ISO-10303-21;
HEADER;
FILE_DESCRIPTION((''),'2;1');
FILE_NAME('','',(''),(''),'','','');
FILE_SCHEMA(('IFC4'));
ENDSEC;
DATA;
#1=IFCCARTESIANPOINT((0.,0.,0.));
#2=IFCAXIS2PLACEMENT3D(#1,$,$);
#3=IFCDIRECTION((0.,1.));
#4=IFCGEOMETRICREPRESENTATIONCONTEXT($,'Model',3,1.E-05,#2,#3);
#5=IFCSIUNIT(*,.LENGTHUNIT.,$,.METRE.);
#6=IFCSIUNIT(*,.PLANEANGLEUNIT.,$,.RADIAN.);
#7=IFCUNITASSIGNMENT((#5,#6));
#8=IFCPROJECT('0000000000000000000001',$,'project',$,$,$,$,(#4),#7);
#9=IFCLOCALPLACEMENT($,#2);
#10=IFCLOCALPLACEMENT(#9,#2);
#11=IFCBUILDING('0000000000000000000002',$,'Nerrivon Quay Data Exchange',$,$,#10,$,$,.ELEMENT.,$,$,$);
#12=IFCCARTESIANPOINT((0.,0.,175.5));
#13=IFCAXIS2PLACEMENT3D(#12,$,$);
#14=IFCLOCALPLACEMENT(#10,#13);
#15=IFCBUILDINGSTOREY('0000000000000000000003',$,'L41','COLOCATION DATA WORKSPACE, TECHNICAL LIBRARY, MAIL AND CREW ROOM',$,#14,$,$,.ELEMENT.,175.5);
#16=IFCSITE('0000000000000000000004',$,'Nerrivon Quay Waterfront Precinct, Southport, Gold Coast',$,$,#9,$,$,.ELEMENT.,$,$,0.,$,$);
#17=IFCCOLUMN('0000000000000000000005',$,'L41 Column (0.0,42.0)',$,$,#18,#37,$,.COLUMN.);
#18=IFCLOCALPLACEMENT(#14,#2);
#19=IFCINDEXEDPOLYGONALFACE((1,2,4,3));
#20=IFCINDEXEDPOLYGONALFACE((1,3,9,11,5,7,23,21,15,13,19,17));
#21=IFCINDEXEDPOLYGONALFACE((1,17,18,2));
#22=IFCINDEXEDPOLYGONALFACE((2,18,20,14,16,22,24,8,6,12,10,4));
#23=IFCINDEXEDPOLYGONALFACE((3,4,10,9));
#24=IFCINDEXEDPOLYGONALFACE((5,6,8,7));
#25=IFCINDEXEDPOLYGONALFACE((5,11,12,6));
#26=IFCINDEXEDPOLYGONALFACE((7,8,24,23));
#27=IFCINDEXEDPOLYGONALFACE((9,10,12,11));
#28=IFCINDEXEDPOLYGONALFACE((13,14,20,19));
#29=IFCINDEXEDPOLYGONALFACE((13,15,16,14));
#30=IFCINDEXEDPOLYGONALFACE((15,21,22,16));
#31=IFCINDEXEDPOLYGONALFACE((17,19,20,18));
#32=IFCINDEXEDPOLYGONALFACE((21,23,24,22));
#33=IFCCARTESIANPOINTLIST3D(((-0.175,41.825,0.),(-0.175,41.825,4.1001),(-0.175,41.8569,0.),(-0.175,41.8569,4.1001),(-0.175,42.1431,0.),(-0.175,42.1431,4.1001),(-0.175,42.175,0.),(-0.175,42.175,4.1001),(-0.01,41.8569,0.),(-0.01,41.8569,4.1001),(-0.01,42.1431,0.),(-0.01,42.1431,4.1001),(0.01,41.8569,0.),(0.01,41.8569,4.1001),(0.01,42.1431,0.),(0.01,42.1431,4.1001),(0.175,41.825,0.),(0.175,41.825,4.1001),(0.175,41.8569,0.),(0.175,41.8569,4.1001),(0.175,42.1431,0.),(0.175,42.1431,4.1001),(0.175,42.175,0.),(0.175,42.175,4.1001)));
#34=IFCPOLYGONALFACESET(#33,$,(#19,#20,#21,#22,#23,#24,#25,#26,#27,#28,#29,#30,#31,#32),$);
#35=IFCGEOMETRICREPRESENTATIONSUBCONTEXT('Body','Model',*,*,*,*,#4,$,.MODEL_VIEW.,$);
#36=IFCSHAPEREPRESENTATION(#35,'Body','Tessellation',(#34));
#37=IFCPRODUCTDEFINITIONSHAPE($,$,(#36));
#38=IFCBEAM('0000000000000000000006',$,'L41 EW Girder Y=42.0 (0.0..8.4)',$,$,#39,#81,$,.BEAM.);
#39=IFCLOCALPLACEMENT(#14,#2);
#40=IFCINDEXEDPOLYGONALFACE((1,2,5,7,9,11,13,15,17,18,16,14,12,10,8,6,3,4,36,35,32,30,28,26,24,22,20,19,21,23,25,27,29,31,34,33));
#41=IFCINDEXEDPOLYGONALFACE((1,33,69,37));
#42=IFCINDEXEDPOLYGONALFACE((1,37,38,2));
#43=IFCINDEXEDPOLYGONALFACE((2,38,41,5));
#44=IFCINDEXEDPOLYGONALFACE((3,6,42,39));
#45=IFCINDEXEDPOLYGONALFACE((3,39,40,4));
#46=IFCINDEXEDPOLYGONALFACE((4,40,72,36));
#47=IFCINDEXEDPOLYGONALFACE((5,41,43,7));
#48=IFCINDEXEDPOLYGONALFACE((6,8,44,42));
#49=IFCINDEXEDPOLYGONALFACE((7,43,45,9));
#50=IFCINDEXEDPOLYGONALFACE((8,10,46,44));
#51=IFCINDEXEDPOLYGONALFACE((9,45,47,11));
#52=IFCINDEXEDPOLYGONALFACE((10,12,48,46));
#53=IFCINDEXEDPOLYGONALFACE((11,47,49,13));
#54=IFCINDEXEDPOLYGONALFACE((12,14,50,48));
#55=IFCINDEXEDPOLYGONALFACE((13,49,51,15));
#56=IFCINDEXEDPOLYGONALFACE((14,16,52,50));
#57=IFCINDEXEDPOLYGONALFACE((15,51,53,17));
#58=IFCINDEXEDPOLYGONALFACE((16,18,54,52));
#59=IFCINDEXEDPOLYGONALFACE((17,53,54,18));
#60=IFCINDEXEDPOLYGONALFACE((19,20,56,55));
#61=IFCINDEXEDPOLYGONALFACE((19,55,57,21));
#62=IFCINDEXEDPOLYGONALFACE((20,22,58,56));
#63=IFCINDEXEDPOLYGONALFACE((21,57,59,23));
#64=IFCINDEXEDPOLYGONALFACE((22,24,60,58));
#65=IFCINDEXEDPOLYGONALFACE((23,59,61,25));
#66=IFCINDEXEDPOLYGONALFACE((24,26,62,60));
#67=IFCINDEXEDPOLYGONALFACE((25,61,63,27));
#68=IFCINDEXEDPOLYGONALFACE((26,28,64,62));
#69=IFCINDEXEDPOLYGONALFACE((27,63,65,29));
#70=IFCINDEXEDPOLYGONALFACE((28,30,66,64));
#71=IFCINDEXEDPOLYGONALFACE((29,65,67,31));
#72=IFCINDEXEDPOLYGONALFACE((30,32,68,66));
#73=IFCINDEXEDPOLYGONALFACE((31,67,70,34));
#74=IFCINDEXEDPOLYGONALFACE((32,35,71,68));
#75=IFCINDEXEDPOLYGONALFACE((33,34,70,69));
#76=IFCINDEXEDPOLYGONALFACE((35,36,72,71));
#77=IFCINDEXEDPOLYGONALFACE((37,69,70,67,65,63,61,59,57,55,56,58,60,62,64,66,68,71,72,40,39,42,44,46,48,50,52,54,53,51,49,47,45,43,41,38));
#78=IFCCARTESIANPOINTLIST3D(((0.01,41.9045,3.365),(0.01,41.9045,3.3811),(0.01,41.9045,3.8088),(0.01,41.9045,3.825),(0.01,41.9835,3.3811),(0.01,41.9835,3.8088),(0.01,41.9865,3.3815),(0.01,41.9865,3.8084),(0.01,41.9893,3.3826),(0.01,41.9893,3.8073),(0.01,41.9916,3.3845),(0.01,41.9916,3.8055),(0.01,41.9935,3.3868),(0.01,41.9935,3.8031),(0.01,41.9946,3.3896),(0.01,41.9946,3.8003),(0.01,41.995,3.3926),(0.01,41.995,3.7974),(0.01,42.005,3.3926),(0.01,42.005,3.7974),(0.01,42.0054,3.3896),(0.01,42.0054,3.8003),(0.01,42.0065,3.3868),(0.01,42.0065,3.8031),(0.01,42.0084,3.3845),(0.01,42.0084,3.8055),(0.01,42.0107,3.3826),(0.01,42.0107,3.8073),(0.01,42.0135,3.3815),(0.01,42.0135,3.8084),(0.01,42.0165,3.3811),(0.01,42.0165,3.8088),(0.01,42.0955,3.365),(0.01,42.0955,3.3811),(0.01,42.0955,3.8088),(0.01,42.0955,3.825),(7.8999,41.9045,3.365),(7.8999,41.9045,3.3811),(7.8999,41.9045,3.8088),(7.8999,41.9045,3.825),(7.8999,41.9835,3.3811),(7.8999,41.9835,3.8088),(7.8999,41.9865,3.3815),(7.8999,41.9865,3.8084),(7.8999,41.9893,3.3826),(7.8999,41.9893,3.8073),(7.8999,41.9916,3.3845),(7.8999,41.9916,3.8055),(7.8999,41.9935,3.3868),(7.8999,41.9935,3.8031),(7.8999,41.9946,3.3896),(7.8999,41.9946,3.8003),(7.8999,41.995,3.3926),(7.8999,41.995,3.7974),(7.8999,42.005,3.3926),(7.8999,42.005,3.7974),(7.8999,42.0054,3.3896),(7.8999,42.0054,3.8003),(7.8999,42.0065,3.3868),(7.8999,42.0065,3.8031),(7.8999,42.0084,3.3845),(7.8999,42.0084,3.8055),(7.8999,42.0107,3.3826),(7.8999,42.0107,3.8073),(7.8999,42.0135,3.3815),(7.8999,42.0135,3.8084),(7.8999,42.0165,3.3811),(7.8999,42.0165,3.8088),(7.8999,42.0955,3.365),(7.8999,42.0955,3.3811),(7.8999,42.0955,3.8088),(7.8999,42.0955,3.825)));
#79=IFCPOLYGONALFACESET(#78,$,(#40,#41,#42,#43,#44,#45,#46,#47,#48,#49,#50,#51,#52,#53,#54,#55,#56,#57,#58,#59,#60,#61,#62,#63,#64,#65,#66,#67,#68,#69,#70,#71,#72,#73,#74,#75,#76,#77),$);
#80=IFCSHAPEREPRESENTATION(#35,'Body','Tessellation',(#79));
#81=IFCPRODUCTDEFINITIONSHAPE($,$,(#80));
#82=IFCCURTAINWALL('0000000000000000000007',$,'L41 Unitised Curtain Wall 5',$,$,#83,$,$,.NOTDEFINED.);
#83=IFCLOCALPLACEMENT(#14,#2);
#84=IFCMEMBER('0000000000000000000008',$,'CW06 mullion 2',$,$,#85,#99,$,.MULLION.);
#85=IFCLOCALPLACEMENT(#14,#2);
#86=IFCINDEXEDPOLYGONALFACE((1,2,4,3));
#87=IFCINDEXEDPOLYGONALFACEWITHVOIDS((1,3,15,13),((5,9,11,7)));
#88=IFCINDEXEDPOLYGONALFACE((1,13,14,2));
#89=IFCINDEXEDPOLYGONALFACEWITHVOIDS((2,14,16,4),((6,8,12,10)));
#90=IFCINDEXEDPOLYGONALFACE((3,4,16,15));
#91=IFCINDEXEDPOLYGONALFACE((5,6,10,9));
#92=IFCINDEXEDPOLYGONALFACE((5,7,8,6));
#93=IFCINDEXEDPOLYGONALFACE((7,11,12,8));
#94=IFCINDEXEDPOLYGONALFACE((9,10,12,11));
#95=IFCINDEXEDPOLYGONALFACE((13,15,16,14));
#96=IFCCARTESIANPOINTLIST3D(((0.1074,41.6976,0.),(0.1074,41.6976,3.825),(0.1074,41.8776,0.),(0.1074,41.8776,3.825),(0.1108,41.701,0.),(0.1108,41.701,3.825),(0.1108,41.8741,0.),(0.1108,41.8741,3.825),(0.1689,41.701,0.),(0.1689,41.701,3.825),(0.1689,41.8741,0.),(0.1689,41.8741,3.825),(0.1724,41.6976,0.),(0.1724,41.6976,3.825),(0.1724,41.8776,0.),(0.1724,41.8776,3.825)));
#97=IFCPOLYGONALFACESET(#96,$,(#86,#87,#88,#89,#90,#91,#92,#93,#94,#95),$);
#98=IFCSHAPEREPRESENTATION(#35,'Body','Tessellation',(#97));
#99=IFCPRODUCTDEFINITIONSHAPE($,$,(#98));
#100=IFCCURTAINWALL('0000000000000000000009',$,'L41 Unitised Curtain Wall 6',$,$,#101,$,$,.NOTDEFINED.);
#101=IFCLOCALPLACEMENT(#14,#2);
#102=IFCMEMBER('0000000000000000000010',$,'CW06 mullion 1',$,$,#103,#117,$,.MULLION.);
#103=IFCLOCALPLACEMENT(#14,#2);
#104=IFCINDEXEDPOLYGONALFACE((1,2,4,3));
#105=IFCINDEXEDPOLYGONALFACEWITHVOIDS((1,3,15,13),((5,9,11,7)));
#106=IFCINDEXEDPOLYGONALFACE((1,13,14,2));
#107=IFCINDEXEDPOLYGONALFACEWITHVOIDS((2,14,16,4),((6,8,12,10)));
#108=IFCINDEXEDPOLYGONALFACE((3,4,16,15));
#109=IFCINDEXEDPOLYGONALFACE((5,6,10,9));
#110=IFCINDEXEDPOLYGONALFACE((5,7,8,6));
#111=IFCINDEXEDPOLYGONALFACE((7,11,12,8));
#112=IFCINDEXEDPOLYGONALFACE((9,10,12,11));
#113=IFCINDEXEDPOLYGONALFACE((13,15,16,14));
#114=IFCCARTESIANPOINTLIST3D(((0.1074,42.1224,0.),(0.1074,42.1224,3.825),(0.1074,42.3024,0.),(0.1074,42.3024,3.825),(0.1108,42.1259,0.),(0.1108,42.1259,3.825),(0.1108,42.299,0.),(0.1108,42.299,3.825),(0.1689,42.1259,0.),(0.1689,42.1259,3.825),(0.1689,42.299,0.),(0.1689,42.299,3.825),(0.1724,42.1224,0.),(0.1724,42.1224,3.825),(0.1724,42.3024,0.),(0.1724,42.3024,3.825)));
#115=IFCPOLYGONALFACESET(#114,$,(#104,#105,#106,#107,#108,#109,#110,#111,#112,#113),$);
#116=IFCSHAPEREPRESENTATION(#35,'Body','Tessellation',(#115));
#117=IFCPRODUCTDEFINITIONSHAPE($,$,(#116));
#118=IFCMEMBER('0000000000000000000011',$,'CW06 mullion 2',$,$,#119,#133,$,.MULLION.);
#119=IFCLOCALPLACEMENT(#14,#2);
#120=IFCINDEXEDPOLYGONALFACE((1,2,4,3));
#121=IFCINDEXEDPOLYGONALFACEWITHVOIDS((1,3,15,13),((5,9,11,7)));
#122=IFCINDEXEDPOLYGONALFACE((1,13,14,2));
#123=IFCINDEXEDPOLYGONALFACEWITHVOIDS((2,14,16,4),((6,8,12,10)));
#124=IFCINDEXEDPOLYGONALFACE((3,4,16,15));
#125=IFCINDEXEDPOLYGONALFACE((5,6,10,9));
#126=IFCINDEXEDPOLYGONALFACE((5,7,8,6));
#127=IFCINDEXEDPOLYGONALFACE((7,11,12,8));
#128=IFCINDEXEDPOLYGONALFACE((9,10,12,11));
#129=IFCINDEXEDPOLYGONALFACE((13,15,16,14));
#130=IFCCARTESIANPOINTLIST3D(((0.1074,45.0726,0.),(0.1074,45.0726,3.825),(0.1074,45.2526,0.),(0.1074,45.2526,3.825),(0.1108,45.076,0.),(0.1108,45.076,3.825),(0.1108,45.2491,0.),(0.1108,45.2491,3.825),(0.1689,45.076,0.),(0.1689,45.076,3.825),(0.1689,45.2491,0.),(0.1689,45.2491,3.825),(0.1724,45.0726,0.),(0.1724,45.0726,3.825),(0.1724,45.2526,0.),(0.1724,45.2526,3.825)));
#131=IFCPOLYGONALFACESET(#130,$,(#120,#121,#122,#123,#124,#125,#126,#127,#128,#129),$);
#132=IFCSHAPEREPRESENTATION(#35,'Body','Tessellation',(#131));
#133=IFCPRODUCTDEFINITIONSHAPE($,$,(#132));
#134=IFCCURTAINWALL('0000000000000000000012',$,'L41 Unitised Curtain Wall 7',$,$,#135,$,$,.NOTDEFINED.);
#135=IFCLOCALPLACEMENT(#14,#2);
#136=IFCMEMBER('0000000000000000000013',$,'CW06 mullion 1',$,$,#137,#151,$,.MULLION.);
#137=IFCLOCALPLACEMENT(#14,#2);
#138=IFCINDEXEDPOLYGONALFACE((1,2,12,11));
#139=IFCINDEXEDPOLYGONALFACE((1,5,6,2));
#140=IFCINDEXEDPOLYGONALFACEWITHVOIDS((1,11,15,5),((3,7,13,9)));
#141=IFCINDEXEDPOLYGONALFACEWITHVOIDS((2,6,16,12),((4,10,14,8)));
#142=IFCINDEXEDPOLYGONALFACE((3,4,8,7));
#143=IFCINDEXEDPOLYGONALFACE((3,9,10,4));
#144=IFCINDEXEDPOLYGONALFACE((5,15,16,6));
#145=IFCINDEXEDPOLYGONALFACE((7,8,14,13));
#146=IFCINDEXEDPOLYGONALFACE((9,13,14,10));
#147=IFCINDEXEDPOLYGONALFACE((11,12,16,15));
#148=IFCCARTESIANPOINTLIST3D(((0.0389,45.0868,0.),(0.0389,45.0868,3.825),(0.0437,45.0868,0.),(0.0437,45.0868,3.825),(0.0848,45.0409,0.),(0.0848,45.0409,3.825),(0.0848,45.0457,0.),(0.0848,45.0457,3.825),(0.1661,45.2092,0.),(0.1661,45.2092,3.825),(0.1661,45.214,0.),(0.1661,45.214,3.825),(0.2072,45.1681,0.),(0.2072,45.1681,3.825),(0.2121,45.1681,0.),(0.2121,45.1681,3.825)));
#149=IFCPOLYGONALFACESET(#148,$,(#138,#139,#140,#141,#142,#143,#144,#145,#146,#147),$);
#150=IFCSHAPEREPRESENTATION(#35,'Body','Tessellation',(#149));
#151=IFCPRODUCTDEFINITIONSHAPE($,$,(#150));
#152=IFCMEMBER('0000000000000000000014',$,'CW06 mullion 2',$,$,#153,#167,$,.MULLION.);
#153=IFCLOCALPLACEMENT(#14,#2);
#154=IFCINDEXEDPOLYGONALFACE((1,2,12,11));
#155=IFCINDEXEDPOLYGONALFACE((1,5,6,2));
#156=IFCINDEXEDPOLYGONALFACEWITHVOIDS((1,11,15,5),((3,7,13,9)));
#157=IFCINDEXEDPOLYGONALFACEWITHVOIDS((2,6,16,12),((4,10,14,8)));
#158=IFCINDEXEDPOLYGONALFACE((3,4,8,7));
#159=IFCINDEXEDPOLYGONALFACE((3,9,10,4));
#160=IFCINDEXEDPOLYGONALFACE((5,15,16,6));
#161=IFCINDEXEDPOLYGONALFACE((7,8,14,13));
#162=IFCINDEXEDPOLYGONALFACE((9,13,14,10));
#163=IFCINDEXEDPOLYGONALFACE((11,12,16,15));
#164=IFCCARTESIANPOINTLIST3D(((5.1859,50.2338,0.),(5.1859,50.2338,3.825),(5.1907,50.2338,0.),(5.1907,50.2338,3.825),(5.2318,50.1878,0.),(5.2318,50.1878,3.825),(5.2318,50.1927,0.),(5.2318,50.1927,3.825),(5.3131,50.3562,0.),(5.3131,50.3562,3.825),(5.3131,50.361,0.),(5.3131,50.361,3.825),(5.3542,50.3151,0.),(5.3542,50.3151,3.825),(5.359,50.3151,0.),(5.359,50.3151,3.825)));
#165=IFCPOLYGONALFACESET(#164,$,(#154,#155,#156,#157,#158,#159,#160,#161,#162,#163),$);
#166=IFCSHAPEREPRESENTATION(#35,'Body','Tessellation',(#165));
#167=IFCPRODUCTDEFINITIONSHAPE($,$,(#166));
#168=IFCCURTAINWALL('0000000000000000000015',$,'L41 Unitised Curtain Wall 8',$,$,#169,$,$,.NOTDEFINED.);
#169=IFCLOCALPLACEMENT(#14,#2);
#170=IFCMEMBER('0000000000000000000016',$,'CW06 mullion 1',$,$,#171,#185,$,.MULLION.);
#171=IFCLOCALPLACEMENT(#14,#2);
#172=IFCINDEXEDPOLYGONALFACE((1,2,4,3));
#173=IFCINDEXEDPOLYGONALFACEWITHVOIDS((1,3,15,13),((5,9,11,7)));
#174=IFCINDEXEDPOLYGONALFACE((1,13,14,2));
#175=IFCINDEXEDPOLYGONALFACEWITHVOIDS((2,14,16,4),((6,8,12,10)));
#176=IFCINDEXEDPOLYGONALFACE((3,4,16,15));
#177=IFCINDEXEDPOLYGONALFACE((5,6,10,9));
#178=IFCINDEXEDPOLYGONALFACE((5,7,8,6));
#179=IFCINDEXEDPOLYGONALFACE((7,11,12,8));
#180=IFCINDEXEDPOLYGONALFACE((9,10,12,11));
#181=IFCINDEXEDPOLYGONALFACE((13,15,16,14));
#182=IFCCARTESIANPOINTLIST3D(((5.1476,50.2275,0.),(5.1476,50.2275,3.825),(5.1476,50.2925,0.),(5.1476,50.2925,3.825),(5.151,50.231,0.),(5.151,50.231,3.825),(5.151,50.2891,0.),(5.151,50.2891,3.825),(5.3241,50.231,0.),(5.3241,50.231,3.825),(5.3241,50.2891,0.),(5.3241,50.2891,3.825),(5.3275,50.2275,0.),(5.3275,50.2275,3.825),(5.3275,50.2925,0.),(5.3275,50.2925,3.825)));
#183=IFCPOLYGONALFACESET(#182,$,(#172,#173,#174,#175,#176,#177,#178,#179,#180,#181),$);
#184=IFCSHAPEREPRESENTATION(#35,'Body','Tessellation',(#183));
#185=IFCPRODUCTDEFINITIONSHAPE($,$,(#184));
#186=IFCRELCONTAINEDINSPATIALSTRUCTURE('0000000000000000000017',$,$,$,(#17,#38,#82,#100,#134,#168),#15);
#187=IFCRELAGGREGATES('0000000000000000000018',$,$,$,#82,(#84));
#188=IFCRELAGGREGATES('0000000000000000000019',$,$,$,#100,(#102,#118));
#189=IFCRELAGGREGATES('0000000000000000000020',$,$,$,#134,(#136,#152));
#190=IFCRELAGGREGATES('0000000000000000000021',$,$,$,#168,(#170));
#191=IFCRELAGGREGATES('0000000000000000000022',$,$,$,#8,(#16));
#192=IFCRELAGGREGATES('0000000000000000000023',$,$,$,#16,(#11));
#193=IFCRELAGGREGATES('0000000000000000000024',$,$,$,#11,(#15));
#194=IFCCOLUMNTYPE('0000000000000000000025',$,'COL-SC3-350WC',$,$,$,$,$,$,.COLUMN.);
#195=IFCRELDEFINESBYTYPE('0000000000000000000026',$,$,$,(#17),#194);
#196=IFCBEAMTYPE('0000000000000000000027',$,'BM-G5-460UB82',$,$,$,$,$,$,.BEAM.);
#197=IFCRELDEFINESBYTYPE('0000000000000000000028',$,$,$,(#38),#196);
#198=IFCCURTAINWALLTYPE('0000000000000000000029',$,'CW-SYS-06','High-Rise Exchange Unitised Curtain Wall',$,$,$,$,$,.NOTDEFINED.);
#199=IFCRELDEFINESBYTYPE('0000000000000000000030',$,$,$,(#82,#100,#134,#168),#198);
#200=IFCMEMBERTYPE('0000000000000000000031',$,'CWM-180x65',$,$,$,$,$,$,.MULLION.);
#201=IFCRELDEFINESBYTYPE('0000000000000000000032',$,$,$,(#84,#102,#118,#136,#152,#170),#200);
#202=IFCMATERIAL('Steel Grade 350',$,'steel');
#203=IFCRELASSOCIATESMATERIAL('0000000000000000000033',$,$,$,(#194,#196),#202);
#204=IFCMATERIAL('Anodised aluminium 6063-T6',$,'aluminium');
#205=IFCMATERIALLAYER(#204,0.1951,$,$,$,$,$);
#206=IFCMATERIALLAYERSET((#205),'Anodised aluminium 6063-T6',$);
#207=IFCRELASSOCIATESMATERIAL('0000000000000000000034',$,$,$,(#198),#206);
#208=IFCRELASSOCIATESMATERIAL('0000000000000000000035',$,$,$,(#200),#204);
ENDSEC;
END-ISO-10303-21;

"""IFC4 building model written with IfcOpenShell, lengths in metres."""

from ifc_helpers import new_model, si_unit, direction, frame, origin, origin_2d, place, context, subcontext, project, spatial, hollow_rectangle, i_section, extrude, material, layer, layer_set, material_profile, profile_set, type_object, element, aggregate, save


model = new_model("IFC4")

# Units and contexts
model_context = context("Model", 3, precision=1e-05, world=origin(), true_north=direction((0.0, 1.0)))
body_context = subcontext(model_context, "Body", "Model", "MODEL_VIEW")
ifc_project = project(units=[si_unit("LENGTHUNIT", "METRE"), si_unit("PLANEANGLEUNIT", "RADIAN")], contexts=[model_context])

# Site, building, storey
site_placement = place(None, origin())
site = spatial("IfcSite", under=ifc_project, at=site_placement, Name="Nerrivon Quay Waterfront Precinct, Southport, Gold Coast", CompositionType="ELEMENT", RefElevation=0.0)
building_placement = place(site_placement, origin())
building = spatial("IfcBuilding", under=site, at=building_placement, Name="Nerrivon Quay Data Exchange", CompositionType="ELEMENT")
storey_placement = place(building_placement, frame((0.0, 0.0, 175.5)))
storey = spatial("IfcBuildingStorey", under=building, at=storey_placement, Name="L41", Description="COLOCATION DATA WORKSPACE, TECHNICAL LIBRARY, MAIL AND CREW ROOM", CompositionType="ELEMENT", Elevation=175.5)

# Column
ifc_material_1 = material(Name="Steel Grade 350", Category="steel")
ifc_material_profile_1 = material_profile(ifc_material_1, i_section(OverallWidth=0.3501, OverallDepth=0.3501, WebThickness=0.02, FlangeThickness=0.032, at=origin_2d()), Name="350WC230")
ifc_profile_set_1 = profile_set([ifc_material_profile_1], Name="Steel Grade 350")
column_type = type_object("IfcColumnType", Name="COL-SC3-350WC", PredefinedType="COLUMN", material=ifc_profile_set_1)
column_placement = place(storey_placement, frame((0.0, 42.0, 0.0), z_axis=(0.0, 0.0, 1.0), x_axis=(1.0, 0.0, 0.0)))
element("IfcColumn", 1, at=column_placement, inside=storey, type_object=column_type, Name="L41 Column (0.0,42.0)", PredefinedType="COLUMN", context=body_context, shape_type="SweptSolid", body=[
    extrude(i_section(OverallWidth=0.3501, OverallDepth=0.3501, WebThickness=0.02, FlangeThickness=0.032, at=origin_2d()), origin(), (0.0, 0.0, 1.0), 4.1001),
])

# Beam
ifc_material_profile_2 = material_profile(ifc_material_1, i_section(OverallWidth=0.1909, OverallDepth=0.46, WebThickness=0.01, FlangeThickness=0.0161, FilletRadius=0.0115, at=origin_2d()), Name="460UB82.1")
ifc_profile_set_2 = profile_set([ifc_material_profile_2], Name="Steel Grade 350")
beam_type = type_object("IfcBeamType", Name="BM-G5-460UB82", PredefinedType="BEAM", material=ifc_profile_set_2)
beam_placement = place(storey_placement, frame((0.01, 42.0, 3.595), z_axis=(1.0, 0.0, 0.0), x_axis=(0.0, 1.0, 0.0)))
element("IfcBeam", 2, at=beam_placement, inside=storey, type_object=beam_type, Name="L41 EW Girder Y=42.0 (0.0..8.4)", PredefinedType="BEAM", context=body_context, shape_type="SweptSolid", body=[
    extrude(i_section(OverallWidth=0.1909, OverallDepth=0.46, WebThickness=0.01, FlangeThickness=0.0161, FilletRadius=0.0115, at=origin_2d()), origin(), (0.0, 0.0, 1.0), 7.8899),
])

# Curtain wall, member
ifc_material_2 = material(Name="Anodised aluminium 6063-T6", Category="aluminium")
ifc_layer_1 = layer(ifc_material_2, 0.1951)
ifc_layer_set_1 = layer_set([ifc_layer_1], Name="Anodised aluminium 6063-T6")
curtain_wall_type = type_object("IfcCurtainWallType", Name="CW-SYS-06", Description="High-Rise Exchange Unitised Curtain Wall", PredefinedType="NOTDEFINED", material=ifc_layer_set_1)
curtain_wall_1_placement = place(storey_placement, origin())
curtain_wall_1 = element("IfcCurtainWall", 3, at=curtain_wall_1_placement, inside=storey, type_object=curtain_wall_type, Name="L41 Unitised Curtain Wall 5", PredefinedType="NOTDEFINED")
ifc_material_profile_3 = material_profile(ifc_material_2, hollow_rectangle(XDim=0.0649, YDim=0.1799, WallThickness=0.0034, at=origin_2d()), Name="ALU-MULL-180x65")
ifc_profile_set_3 = profile_set([ifc_material_profile_3], Name="Anodised aluminium 6063-T6")
member_type_1 = type_object("IfcMemberType", Name="CWM-180x65", PredefinedType="MULLION", material=ifc_profile_set_3)
member_1_placement = place(storey_placement, frame((0.1399, 41.7876, 0.0), z_axis=(0.0, 0.0, 1.0), x_axis=(-1.0, 0.0, 0.0)))
member_1 = element("IfcMember", 4, at=member_1_placement, type_object=member_type_1, Name="CW06 mullion 2", PredefinedType="MULLION", context=body_context, shape_type="SweptSolid", body=[
    extrude(hollow_rectangle(XDim=0.0649, YDim=0.1799, WallThickness=0.0034, at=origin_2d()), origin(), (0.0, 0.0, 1.0), 3.825),
])

# Curtain walls, members
curtain_wall_2_placement = place(storey_placement, origin())
curtain_wall_2 = element("IfcCurtainWall", 5, at=curtain_wall_2_placement, inside=storey, type_object=curtain_wall_type, Name="L41 Unitised Curtain Wall 6", PredefinedType="NOTDEFINED")
member_2_placement = place(storey_placement, frame((0.1399, 42.2124, 0.0), z_axis=(0.0, 0.0, 1.0), x_axis=(-1.0, 0.0, 0.0)))
member_2 = element("IfcMember", 6, at=member_2_placement, type_object=member_type_1, Name="CW06 mullion 1", PredefinedType="MULLION", context=body_context, shape_type="SweptSolid", body=[
    extrude(hollow_rectangle(XDim=0.0649, YDim=0.1799, WallThickness=0.0034, at=origin_2d()), origin(), (0.0, 0.0, 1.0), 3.825),
])
member_3_placement = place(storey_placement, frame((0.1399, 45.1626, 0.0), z_axis=(0.0, 0.0, 1.0), x_axis=(-1.0, 0.0, 0.0)))
member_3 = element("IfcMember", 7, at=member_3_placement, type_object=member_type_1, Name="CW06 mullion 2", PredefinedType="MULLION", context=body_context, shape_type="SweptSolid", body=[
    extrude(hollow_rectangle(XDim=0.0649, YDim=0.1799, WallThickness=0.0034, at=origin_2d()), origin(), (0.0, 0.0, 1.0), 3.825),
])
curtain_wall_3_placement = place(storey_placement, origin())
curtain_wall_3 = element("IfcCurtainWall", 8, at=curtain_wall_3_placement, inside=storey, type_object=curtain_wall_type, Name="L41 Unitised Curtain Wall 7", PredefinedType="NOTDEFINED")
member_4_placement = place(storey_placement, frame((0.1255, 45.1274, 0.0), z_axis=(0.0, 0.0, 1.0), x_axis=(-0.707107, 0.707107, 0.0)))
member_4 = element("IfcMember", 9, at=member_4_placement, type_object=member_type_1, Name="CW06 mullion 1", PredefinedType="MULLION", context=body_context, shape_type="SweptSolid", body=[
    extrude(hollow_rectangle(XDim=0.0649, YDim=0.1799, WallThickness=0.0034, at=origin_2d()), origin(), (0.0, 0.0, 1.0), 3.825),
])
member_5_placement = place(storey_placement, frame((5.2725, 50.2744, 0.0), z_axis=(0.0, 0.0, 1.0), x_axis=(-0.707107, 0.707107, 0.0)))
member_5 = element("IfcMember", 10, at=member_5_placement, type_object=member_type_1, Name="CW06 mullion 2", PredefinedType="MULLION", context=body_context, shape_type="SweptSolid", body=[
    extrude(hollow_rectangle(XDim=0.0649, YDim=0.1799, WallThickness=0.0034, at=origin_2d()), origin(), (0.0, 0.0, 1.0), 3.825),
])

# Curtain wall, member
curtain_wall_4_placement = place(storey_placement, origin())
curtain_wall_4 = element("IfcCurtainWall", 11, at=curtain_wall_4_placement, inside=storey, type_object=curtain_wall_type, Name="L41 Unitised Curtain Wall 8", PredefinedType="NOTDEFINED")
member_6_placement = place(storey_placement, frame((5.2375, 50.26, 0.0), z_axis=(0.0, 0.0, 1.0), x_axis=(0.0, 1.0, 0.0)))
member_6 = element("IfcMember", 12, at=member_6_placement, type_object=member_type_1, Name="CW06 mullion 1", PredefinedType="MULLION", context=body_context, shape_type="SweptSolid", body=[
    extrude(hollow_rectangle(XDim=0.0649, YDim=0.1799, WallThickness=0.0034, at=origin_2d()), origin(), (0.0, 0.0, 1.0), 3.825),
])

aggregate(curtain_wall_1, [member_1])
aggregate(curtain_wall_2, [member_2, member_3])
aggregate(curtain_wall_3, [member_4, member_5])
aggregate(curtain_wall_4, [member_6])

save(model, "model.ifc")
